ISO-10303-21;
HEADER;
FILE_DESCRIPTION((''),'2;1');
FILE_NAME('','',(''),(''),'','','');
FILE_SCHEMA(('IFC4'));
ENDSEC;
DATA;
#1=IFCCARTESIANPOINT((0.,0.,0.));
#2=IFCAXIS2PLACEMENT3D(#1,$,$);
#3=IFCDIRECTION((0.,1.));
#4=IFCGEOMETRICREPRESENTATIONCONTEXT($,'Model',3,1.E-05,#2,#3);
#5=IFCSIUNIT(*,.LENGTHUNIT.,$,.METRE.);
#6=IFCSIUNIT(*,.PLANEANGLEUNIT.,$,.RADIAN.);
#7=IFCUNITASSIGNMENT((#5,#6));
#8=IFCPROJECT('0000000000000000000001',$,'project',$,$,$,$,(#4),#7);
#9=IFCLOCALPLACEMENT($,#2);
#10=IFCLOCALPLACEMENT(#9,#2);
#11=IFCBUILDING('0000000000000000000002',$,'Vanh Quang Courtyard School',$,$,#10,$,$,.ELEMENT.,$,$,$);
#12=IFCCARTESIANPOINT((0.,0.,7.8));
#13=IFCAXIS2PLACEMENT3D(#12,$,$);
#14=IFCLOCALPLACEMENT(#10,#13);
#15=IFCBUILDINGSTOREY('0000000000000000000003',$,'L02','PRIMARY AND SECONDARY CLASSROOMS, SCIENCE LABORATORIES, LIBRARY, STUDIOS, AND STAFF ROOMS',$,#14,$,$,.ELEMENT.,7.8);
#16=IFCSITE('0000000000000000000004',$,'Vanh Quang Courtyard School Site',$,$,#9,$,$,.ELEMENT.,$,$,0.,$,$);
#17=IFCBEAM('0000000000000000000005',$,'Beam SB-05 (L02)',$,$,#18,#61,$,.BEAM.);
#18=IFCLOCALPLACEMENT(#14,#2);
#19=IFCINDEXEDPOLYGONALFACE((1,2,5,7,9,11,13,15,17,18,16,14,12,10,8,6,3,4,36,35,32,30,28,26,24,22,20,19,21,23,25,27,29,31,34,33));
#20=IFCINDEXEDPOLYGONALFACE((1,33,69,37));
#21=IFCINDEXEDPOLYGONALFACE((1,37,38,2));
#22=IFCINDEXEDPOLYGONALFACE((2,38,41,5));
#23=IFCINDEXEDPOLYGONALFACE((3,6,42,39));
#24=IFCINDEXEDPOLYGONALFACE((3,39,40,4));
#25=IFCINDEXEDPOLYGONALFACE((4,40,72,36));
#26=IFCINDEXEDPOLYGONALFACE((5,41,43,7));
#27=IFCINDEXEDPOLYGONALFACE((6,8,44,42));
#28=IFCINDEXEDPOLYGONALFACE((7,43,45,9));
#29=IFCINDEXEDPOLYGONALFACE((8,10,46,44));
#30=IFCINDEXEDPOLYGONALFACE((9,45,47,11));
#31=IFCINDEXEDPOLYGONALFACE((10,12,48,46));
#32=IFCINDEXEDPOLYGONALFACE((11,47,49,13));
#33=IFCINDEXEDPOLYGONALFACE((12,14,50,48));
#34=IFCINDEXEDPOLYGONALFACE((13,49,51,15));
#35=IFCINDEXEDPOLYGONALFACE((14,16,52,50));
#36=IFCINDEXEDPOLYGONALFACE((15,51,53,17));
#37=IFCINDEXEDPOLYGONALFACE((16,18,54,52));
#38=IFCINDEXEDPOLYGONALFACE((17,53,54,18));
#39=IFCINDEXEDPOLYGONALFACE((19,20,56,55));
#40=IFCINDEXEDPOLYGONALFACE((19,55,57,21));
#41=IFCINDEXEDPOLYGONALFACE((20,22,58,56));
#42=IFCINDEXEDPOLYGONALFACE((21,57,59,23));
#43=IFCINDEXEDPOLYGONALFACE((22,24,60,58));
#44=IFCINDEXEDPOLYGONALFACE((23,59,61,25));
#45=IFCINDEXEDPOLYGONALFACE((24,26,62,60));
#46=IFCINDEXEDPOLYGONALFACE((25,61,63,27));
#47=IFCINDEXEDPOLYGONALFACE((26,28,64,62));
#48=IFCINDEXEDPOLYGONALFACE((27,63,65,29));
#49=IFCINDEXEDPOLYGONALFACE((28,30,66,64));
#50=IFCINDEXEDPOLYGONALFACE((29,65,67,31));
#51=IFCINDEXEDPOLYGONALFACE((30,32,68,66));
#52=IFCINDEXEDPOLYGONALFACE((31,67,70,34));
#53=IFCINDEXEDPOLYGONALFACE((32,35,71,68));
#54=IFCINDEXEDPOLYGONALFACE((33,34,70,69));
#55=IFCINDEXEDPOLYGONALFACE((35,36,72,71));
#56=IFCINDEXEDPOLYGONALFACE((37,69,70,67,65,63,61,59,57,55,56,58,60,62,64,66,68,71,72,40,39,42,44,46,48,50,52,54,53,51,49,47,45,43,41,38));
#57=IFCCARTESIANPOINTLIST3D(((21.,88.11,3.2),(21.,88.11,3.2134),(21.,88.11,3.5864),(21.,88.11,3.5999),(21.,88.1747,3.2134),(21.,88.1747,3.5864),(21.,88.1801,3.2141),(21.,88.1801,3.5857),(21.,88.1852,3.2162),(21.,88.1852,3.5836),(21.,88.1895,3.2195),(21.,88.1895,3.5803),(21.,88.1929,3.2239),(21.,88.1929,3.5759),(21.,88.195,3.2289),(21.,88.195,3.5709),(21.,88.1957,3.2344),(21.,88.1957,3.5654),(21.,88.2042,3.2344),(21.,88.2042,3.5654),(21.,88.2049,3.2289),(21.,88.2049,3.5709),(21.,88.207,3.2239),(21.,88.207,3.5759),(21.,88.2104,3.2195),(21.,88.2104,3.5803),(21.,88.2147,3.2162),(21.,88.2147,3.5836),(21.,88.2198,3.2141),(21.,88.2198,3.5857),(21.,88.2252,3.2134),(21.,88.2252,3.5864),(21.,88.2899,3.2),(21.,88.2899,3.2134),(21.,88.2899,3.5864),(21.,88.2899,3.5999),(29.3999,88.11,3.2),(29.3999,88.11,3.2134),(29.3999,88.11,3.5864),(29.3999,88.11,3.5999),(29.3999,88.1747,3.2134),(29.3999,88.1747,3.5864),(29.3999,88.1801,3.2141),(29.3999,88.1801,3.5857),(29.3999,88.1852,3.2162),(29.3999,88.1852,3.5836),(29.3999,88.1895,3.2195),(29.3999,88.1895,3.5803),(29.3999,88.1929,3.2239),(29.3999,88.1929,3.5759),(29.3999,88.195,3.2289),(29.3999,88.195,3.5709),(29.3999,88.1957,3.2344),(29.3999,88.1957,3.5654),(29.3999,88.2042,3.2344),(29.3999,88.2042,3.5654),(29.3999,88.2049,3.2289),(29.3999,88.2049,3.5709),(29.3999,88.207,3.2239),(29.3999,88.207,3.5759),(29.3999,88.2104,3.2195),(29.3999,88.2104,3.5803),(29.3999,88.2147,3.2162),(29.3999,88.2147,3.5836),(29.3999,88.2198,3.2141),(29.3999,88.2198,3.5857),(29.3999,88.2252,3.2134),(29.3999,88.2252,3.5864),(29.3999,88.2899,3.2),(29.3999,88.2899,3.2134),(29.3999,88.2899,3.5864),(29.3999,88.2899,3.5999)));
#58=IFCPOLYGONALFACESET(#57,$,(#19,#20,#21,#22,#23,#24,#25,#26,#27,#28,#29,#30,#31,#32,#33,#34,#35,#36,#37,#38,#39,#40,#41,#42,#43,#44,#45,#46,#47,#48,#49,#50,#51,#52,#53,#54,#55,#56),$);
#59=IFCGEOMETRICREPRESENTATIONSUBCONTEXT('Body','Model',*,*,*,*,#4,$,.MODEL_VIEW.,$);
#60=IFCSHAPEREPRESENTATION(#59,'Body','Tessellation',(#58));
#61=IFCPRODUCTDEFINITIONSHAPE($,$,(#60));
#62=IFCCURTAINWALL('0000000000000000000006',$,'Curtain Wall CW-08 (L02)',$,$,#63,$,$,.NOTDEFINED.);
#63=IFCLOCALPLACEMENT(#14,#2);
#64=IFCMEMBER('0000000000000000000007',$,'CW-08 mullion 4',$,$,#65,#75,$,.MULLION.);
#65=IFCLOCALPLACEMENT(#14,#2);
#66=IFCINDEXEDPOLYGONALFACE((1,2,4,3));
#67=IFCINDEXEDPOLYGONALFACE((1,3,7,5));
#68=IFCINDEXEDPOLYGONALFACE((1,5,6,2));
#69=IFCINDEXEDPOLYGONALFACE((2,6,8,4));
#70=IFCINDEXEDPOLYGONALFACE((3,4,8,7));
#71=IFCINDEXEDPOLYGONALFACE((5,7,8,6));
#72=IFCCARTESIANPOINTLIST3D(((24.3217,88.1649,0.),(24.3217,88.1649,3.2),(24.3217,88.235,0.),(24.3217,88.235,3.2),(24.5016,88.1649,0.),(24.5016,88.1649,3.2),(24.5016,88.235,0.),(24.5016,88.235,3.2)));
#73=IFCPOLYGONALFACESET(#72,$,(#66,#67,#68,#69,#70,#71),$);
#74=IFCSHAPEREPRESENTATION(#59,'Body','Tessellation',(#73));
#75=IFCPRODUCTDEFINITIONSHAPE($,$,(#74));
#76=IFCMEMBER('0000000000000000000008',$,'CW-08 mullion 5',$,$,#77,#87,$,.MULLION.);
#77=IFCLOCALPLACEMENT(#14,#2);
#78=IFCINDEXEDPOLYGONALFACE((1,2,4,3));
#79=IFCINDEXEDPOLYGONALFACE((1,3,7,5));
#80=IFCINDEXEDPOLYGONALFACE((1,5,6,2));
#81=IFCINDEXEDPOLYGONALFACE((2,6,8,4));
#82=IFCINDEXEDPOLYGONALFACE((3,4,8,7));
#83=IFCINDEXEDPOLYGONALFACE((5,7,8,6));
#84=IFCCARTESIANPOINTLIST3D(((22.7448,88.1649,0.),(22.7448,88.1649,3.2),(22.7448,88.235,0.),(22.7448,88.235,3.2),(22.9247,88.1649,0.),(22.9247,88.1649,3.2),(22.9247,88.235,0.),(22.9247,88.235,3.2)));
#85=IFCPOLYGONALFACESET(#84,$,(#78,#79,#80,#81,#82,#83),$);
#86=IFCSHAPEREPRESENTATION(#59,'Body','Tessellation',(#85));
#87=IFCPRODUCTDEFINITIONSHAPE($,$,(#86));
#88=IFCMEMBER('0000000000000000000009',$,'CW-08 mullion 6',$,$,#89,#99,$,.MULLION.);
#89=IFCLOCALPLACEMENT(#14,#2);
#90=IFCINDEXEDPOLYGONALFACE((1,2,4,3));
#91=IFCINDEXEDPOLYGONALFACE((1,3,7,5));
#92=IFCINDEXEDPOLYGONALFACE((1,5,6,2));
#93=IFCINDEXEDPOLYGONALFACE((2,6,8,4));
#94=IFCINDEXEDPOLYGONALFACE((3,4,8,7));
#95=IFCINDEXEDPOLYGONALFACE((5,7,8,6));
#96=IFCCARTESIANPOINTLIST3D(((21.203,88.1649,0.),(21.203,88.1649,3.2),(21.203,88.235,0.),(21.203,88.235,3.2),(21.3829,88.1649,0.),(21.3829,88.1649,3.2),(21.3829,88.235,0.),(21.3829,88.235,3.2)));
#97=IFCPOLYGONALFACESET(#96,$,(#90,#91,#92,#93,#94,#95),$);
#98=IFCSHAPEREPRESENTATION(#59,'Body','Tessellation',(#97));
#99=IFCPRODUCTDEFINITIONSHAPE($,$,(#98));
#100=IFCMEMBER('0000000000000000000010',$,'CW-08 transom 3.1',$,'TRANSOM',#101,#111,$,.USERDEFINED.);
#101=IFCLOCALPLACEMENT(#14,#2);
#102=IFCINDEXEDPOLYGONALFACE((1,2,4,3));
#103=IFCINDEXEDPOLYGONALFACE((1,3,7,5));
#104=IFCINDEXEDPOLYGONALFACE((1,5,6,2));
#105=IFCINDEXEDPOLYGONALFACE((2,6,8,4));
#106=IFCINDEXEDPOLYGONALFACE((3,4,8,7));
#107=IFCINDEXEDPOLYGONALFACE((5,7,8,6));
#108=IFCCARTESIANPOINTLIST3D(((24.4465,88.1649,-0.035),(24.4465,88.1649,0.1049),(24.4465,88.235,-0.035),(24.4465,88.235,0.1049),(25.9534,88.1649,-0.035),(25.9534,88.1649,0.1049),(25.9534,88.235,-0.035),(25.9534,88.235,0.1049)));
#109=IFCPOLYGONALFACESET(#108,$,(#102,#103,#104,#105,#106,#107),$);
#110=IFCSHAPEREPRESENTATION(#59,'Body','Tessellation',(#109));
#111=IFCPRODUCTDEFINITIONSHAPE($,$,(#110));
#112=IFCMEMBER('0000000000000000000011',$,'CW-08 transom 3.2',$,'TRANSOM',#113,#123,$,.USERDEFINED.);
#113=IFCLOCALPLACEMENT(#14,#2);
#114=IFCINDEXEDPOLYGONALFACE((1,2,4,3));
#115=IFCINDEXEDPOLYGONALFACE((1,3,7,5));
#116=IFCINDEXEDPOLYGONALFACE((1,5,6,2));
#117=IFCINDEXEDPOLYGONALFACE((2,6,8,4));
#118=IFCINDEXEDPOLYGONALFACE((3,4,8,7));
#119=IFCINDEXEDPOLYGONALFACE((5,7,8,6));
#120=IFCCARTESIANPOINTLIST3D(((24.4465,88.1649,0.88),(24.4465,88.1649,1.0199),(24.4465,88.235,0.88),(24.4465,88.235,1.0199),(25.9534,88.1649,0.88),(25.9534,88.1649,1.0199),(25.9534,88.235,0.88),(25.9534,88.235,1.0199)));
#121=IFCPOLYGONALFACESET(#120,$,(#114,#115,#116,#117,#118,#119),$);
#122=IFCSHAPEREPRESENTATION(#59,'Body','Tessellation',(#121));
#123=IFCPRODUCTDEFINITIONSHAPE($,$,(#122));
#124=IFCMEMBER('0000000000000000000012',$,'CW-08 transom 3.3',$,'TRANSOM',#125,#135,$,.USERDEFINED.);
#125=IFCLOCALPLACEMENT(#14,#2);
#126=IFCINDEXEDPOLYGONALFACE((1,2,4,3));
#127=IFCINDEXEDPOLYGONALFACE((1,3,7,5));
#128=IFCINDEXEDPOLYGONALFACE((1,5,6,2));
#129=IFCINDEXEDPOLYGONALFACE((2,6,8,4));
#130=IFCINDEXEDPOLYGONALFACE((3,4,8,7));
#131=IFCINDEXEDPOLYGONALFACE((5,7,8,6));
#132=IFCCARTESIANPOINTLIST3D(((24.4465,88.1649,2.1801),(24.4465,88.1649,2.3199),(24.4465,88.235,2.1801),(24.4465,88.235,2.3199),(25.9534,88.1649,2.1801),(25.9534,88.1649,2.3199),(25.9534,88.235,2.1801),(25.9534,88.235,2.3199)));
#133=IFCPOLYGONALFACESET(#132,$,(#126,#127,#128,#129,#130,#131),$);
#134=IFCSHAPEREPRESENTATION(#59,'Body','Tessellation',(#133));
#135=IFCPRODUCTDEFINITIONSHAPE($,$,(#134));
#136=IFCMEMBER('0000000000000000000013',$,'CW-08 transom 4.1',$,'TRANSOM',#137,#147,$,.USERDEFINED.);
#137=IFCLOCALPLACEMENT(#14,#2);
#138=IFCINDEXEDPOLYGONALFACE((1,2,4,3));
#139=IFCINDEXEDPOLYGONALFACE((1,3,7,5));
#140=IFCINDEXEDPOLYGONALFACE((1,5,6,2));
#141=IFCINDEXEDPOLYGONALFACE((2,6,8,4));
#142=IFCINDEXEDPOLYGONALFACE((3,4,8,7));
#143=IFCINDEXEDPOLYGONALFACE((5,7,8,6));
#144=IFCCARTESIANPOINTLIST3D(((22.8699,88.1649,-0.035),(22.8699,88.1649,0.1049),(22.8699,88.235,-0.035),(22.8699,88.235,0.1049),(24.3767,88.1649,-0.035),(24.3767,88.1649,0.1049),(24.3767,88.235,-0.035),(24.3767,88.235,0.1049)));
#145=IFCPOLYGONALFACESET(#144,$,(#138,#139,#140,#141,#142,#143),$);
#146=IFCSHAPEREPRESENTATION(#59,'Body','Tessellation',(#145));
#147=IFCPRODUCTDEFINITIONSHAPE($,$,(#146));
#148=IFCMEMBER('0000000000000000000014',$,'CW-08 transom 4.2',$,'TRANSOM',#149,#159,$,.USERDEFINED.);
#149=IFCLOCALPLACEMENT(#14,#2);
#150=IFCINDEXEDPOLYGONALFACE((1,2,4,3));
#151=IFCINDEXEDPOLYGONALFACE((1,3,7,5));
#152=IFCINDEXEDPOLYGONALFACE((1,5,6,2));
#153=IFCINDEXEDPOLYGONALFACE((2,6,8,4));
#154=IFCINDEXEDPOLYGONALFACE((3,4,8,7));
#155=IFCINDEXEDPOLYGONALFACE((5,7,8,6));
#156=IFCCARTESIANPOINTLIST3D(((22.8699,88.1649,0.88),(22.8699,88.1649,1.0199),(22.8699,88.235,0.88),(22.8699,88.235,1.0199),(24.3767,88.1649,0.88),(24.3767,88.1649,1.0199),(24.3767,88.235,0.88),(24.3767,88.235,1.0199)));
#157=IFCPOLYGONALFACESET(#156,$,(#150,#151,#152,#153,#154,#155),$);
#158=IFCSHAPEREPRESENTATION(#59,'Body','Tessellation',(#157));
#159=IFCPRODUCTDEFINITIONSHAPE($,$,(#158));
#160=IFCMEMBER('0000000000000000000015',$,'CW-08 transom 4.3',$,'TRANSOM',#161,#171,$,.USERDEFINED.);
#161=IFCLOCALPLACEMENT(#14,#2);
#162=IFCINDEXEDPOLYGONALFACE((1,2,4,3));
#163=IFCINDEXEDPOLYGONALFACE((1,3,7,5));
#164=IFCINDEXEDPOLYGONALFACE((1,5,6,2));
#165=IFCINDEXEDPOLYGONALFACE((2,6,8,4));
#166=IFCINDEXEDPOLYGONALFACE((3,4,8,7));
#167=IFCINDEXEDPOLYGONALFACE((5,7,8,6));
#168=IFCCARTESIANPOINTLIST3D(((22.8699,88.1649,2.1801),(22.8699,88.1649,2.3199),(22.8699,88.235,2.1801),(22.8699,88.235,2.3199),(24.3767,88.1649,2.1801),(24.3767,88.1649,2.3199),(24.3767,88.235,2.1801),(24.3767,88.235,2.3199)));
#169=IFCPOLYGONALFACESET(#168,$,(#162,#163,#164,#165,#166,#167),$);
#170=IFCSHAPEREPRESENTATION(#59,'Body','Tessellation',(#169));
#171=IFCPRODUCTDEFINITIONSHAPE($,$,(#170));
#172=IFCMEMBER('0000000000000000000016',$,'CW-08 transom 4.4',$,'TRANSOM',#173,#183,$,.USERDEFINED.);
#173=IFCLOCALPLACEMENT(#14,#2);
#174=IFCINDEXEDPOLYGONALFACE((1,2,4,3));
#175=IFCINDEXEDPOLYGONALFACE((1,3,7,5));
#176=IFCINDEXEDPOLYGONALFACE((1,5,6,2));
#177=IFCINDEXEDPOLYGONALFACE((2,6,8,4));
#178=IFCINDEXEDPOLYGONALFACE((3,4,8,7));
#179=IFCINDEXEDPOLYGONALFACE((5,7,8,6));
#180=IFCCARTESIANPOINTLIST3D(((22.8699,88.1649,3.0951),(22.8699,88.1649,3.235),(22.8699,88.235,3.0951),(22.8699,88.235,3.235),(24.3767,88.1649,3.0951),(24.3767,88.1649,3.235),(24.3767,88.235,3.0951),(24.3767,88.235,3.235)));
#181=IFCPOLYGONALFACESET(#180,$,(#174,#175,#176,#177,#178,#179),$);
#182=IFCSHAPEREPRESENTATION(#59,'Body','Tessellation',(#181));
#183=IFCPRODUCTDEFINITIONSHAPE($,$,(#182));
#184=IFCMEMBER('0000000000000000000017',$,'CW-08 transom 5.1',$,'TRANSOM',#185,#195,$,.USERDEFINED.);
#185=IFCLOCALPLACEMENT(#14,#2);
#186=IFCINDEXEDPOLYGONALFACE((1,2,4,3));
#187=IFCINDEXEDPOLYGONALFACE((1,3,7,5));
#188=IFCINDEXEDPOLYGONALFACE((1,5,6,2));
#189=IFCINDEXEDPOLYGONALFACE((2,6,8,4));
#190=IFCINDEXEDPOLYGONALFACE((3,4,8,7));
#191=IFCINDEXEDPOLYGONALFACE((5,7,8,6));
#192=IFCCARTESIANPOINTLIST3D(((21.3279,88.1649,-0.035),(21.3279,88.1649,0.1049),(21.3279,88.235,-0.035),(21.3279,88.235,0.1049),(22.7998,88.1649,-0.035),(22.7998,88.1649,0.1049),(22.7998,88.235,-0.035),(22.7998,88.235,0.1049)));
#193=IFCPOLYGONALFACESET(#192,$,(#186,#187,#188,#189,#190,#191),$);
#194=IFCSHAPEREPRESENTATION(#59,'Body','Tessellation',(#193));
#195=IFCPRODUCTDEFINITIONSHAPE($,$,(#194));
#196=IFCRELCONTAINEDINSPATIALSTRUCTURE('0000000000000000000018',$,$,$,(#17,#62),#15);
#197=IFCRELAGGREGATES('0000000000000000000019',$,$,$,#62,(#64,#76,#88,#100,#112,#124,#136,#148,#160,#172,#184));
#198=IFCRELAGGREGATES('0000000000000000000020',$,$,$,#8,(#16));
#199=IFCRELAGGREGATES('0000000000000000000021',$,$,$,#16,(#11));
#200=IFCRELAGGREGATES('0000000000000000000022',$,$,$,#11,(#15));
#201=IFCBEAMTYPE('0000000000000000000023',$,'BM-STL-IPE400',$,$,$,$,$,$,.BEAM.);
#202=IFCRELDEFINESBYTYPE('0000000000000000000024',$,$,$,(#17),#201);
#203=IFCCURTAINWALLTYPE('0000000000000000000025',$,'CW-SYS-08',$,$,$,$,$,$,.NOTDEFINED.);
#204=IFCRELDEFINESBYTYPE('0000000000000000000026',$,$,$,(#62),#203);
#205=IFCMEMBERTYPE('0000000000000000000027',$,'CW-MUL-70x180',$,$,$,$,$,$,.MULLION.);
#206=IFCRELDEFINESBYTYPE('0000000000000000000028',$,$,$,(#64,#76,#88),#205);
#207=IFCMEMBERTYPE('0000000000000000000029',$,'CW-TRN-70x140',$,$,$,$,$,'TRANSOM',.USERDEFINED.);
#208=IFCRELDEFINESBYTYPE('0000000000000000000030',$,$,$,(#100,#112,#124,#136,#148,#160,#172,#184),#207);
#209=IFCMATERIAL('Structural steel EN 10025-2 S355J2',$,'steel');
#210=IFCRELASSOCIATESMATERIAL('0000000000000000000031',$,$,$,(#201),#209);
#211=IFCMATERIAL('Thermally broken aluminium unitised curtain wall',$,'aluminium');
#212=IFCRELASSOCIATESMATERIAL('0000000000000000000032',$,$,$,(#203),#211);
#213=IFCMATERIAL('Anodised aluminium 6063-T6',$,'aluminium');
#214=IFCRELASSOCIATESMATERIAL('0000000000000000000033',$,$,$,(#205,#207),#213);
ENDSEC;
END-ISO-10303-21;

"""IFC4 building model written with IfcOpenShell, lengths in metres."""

from ifc_helpers import new_model, si_unit, direction, frame, origin, origin_2d, place, context, subcontext, project, spatial, rectangle, i_section, extrude, material, material_profile, profile_set, type_object, element, aggregate, save


model = new_model("IFC4")

# Units and contexts
model_context = context("Model", 3, precision=1e-05, world=origin(), true_north=direction((0.0, 1.0)))
body_context = subcontext(model_context, "Body", "Model", "MODEL_VIEW")
ifc_project = project(units=[si_unit("LENGTHUNIT", "METRE"), si_unit("PLANEANGLEUNIT", "RADIAN")], contexts=[model_context])

# Site, building, storey
site_placement = place(None, origin())
site = spatial("IfcSite", under=ifc_project, at=site_placement, Name="Vanh Quang Courtyard School Site", CompositionType="ELEMENT", RefElevation=0.0)
building_placement = place(site_placement, origin())
building = spatial("IfcBuilding", under=site, at=building_placement, Name="Vanh Quang Courtyard School", CompositionType="ELEMENT")
storey_placement = place(building_placement, frame((0.0, 0.0, 7.8)))
storey = spatial("IfcBuildingStorey", under=building, at=storey_placement, Name="L02", Description="PRIMARY AND SECONDARY CLASSROOMS, SCIENCE LABORATORIES, LIBRARY, STUDIOS, AND STAFF ROOMS", CompositionType="ELEMENT", Elevation=7.8)

# Beam
ifc_material_1 = material(Name="Structural steel EN 10025-2 S355J2", Category="steel")
ifc_material_profile_1 = material_profile(ifc_material_1, i_section(OverallWidth=0.1799, OverallDepth=0.3999, WebThickness=0.0085, FlangeThickness=0.0134, FilletRadius=0.021, at=origin_2d()), Name="IPE 400")
ifc_profile_set_1 = profile_set([ifc_material_profile_1], Name="Structural steel EN 10025-2 S355J2")
beam_type_1 = type_object("IfcBeamType", Name="BM-STL-IPE400", PredefinedType="BEAM", material=ifc_profile_set_1)
beam_placement = place(storey_placement, frame((21.0, 88.2, 3.3999), z_axis=(1.0, 0.0, 0.0), x_axis=(0.0, 1.0, 0.0)))
element("IfcBeam", 1, at=beam_placement, inside=storey, type_object=beam_type_1, Name="Beam SB-05 (L02)", PredefinedType="BEAM", context=body_context, shape_type="SweptSolid", body=[
    extrude(i_section(OverallWidth=0.1799, OverallDepth=0.3999, WebThickness=0.0085, FlangeThickness=0.0134, FilletRadius=0.021, at=origin_2d()), origin(), (0.0, 0.0, 1.0), 8.3999),
])

# Curtain wall, members
ifc_material_2 = material(Name="Thermally broken aluminium unitised curtain wall", Category="aluminium")
curtain_wall_type = type_object("IfcCurtainWallType", Name="CW-SYS-08", PredefinedType="NOTDEFINED", material=ifc_material_2)
curtain_wall_placement = place(storey_placement, origin())
curtain_wall = element("IfcCurtainWall", 2, at=curtain_wall_placement, inside=storey, type_object=curtain_wall_type, Name="Curtain Wall CW-08 (L02)", PredefinedType="NOTDEFINED")
ifc_material_3 = material(Name="Anodised aluminium 6063-T6", Category="aluminium")
ifc_material_profile_2 = material_profile(ifc_material_3, rectangle(XDim=0.0701, YDim=0.1799, at=origin_2d()), Name="ALU-MUL 70x180")
ifc_profile_set_2 = profile_set([ifc_material_profile_2], Name="Anodised aluminium 6063-T6")
member_type_1 = type_object("IfcMemberType", Name="CW-MUL-70x180", PredefinedType="MULLION", material=ifc_profile_set_2)
member_1_placement = place(storey_placement, frame((24.4116, 88.2, 0.0), z_axis=(0.0, 0.0, 1.0), x_axis=(0.0, -1.0, 0.0)))
member_1 = element("IfcMember", 3, at=member_1_placement, type_object=member_type_1, Name="CW-08 mullion 4", PredefinedType="MULLION", context=body_context, shape_type="SweptSolid", body=[
    extrude(rectangle(XDim=0.0701, YDim=0.1799, at=origin_2d()), origin(), (0.0, 0.0, 1.0), 3.2),
])
member_2_placement = place(storey_placement, frame((22.8347, 88.2, 0.0), z_axis=(0.0, 0.0, 1.0), x_axis=(0.0, -1.0, 0.0)))
member_2 = element("IfcMember", 4, at=member_2_placement, type_object=member_type_1, Name="CW-08 mullion 5", PredefinedType="MULLION", context=body_context, shape_type="SweptSolid", body=[
    extrude(rectangle(XDim=0.0701, YDim=0.1799, at=origin_2d()), origin(), (0.0, 0.0, 1.0), 3.2),
])
member_3_placement = place(storey_placement, frame((21.293, 88.2, 0.0), z_axis=(0.0, 0.0, 1.0), x_axis=(0.0, -1.0, 0.0)))
member_3 = element("IfcMember", 5, at=member_3_placement, type_object=member_type_1, Name="CW-08 mullion 6", PredefinedType="MULLION", context=body_context, shape_type="SweptSolid", body=[
    extrude(rectangle(XDim=0.0701, YDim=0.1799, at=origin_2d()), origin(), (0.0, 0.0, 1.0), 3.2),
])
ifc_material_profile_3 = material_profile(ifc_material_3, rectangle(XDim=0.0701, YDim=0.1399, at=origin_2d()), Name="ALU-TRN 70x140")
ifc_profile_set_3 = profile_set([ifc_material_profile_3], Name="Anodised aluminium 6063-T6")
member_type_2 = type_object("IfcMemberType", Name="CW-TRN-70x140", ElementType="TRANSOM", PredefinedType="USERDEFINED", material=ifc_profile_set_3)
member_4_placement = place(storey_placement, frame((25.9534, 88.2, 0.0349), z_axis=(-1.0, 0.0, 0.0), x_axis=(0.0, -1.0, 0.0)))
member_4 = element("IfcMember", 6, at=member_4_placement, type_object=member_type_2, Name="CW-08 transom 3.1", ObjectType="TRANSOM", PredefinedType="USERDEFINED", context=body_context, shape_type="SweptSolid", body=[
    extrude(rectangle(XDim=0.0701, YDim=0.1399, at=origin_2d()), origin(), (0.0, 0.0, 1.0), 1.5068),
])
member_5_placement = place(storey_placement, frame((25.9534, 88.2, 0.95), z_axis=(-1.0, 0.0, 0.0), x_axis=(0.0, -1.0, 0.0)))
member_5 = element("IfcMember", 7, at=member_5_placement, type_object=member_type_2, Name="CW-08 transom 3.2", ObjectType="TRANSOM", PredefinedType="USERDEFINED", context=body_context, shape_type="SweptSolid", body=[
    extrude(rectangle(XDim=0.0701, YDim=0.1399, at=origin_2d()), origin(), (0.0, 0.0, 1.0), 1.5068),
])
member_6_placement = place(storey_placement, frame((25.9534, 88.2, 2.25), z_axis=(-1.0, 0.0, 0.0), x_axis=(0.0, -1.0, 0.0)))
member_6 = element("IfcMember", 8, at=member_6_placement, type_object=member_type_2, Name="CW-08 transom 3.3", ObjectType="TRANSOM", PredefinedType="USERDEFINED", context=body_context, shape_type="SweptSolid", body=[
    extrude(rectangle(XDim=0.0701, YDim=0.1399, at=origin_2d()), origin(), (0.0, 0.0, 1.0), 1.5068),
])
member_7_placement = place(storey_placement, frame((24.3767, 88.2, 0.0349), z_axis=(-1.0, 0.0, 0.0), x_axis=(0.0, -1.0, 0.0)))
member_7 = element("IfcMember", 9, at=member_7_placement, type_object=member_type_2, Name="CW-08 transom 4.1", ObjectType="TRANSOM", PredefinedType="USERDEFINED", context=body_context, shape_type="SweptSolid", body=[
    extrude(rectangle(XDim=0.0701, YDim=0.1399, at=origin_2d()), origin(), (0.0, 0.0, 1.0), 1.5068),
])
member_8_placement = place(storey_placement, frame((24.3767, 88.2, 0.95), z_axis=(-1.0, 0.0, 0.0), x_axis=(0.0, -1.0, 0.0)))
member_8 = element("IfcMember", 10, at=member_8_placement, type_object=member_type_2, Name="CW-08 transom 4.2", ObjectType="TRANSOM", PredefinedType="USERDEFINED", context=body_context, shape_type="SweptSolid", body=[
    extrude(rectangle(XDim=0.0701, YDim=0.1399, at=origin_2d()), origin(), (0.0, 0.0, 1.0), 1.5068),
])
member_9_placement = place(storey_placement, frame((24.3767, 88.2, 2.25), z_axis=(-1.0, 0.0, 0.0), x_axis=(0.0, -1.0, 0.0)))
member_9 = element("IfcMember", 11, at=member_9_placement, type_object=member_type_2, Name="CW-08 transom 4.3", ObjectType="TRANSOM", PredefinedType="USERDEFINED", context=body_context, shape_type="SweptSolid", body=[
    extrude(rectangle(XDim=0.0701, YDim=0.1399, at=origin_2d()), origin(), (0.0, 0.0, 1.0), 1.5068),
])
member_10_placement = place(storey_placement, frame((24.3767, 88.2, 3.165), z_axis=(-1.0, 0.0, 0.0), x_axis=(0.0, -1.0, 0.0)))
member_10 = element("IfcMember", 12, at=member_10_placement, type_object=member_type_2, Name="CW-08 transom 4.4", ObjectType="TRANSOM", PredefinedType="USERDEFINED", context=body_context, shape_type="SweptSolid", body=[
    extrude(rectangle(XDim=0.0701, YDim=0.1399, at=origin_2d()), origin(), (0.0, 0.0, 1.0), 1.5068),
])
member_11_placement = place(storey_placement, frame((22.7998, 88.2, 0.0349), z_axis=(-1.0, 0.0, 0.0), x_axis=(0.0, -1.0, 0.0)))
member_11 = element("IfcMember", 13, at=member_11_placement, type_object=member_type_2, Name="CW-08 transom 5.1", ObjectType="TRANSOM", PredefinedType="USERDEFINED", context=body_context, shape_type="SweptSolid", body=[
    extrude(rectangle(XDim=0.0701, YDim=0.1399, at=origin_2d()), origin(), (0.0, 0.0, 1.0), 1.4719),
])

aggregate(curtain_wall, [member_1, member_2, member_3, member_4, member_5, member_6, member_7, member_8, member_9, member_10, member_11])

save(model, "model.ifc")
